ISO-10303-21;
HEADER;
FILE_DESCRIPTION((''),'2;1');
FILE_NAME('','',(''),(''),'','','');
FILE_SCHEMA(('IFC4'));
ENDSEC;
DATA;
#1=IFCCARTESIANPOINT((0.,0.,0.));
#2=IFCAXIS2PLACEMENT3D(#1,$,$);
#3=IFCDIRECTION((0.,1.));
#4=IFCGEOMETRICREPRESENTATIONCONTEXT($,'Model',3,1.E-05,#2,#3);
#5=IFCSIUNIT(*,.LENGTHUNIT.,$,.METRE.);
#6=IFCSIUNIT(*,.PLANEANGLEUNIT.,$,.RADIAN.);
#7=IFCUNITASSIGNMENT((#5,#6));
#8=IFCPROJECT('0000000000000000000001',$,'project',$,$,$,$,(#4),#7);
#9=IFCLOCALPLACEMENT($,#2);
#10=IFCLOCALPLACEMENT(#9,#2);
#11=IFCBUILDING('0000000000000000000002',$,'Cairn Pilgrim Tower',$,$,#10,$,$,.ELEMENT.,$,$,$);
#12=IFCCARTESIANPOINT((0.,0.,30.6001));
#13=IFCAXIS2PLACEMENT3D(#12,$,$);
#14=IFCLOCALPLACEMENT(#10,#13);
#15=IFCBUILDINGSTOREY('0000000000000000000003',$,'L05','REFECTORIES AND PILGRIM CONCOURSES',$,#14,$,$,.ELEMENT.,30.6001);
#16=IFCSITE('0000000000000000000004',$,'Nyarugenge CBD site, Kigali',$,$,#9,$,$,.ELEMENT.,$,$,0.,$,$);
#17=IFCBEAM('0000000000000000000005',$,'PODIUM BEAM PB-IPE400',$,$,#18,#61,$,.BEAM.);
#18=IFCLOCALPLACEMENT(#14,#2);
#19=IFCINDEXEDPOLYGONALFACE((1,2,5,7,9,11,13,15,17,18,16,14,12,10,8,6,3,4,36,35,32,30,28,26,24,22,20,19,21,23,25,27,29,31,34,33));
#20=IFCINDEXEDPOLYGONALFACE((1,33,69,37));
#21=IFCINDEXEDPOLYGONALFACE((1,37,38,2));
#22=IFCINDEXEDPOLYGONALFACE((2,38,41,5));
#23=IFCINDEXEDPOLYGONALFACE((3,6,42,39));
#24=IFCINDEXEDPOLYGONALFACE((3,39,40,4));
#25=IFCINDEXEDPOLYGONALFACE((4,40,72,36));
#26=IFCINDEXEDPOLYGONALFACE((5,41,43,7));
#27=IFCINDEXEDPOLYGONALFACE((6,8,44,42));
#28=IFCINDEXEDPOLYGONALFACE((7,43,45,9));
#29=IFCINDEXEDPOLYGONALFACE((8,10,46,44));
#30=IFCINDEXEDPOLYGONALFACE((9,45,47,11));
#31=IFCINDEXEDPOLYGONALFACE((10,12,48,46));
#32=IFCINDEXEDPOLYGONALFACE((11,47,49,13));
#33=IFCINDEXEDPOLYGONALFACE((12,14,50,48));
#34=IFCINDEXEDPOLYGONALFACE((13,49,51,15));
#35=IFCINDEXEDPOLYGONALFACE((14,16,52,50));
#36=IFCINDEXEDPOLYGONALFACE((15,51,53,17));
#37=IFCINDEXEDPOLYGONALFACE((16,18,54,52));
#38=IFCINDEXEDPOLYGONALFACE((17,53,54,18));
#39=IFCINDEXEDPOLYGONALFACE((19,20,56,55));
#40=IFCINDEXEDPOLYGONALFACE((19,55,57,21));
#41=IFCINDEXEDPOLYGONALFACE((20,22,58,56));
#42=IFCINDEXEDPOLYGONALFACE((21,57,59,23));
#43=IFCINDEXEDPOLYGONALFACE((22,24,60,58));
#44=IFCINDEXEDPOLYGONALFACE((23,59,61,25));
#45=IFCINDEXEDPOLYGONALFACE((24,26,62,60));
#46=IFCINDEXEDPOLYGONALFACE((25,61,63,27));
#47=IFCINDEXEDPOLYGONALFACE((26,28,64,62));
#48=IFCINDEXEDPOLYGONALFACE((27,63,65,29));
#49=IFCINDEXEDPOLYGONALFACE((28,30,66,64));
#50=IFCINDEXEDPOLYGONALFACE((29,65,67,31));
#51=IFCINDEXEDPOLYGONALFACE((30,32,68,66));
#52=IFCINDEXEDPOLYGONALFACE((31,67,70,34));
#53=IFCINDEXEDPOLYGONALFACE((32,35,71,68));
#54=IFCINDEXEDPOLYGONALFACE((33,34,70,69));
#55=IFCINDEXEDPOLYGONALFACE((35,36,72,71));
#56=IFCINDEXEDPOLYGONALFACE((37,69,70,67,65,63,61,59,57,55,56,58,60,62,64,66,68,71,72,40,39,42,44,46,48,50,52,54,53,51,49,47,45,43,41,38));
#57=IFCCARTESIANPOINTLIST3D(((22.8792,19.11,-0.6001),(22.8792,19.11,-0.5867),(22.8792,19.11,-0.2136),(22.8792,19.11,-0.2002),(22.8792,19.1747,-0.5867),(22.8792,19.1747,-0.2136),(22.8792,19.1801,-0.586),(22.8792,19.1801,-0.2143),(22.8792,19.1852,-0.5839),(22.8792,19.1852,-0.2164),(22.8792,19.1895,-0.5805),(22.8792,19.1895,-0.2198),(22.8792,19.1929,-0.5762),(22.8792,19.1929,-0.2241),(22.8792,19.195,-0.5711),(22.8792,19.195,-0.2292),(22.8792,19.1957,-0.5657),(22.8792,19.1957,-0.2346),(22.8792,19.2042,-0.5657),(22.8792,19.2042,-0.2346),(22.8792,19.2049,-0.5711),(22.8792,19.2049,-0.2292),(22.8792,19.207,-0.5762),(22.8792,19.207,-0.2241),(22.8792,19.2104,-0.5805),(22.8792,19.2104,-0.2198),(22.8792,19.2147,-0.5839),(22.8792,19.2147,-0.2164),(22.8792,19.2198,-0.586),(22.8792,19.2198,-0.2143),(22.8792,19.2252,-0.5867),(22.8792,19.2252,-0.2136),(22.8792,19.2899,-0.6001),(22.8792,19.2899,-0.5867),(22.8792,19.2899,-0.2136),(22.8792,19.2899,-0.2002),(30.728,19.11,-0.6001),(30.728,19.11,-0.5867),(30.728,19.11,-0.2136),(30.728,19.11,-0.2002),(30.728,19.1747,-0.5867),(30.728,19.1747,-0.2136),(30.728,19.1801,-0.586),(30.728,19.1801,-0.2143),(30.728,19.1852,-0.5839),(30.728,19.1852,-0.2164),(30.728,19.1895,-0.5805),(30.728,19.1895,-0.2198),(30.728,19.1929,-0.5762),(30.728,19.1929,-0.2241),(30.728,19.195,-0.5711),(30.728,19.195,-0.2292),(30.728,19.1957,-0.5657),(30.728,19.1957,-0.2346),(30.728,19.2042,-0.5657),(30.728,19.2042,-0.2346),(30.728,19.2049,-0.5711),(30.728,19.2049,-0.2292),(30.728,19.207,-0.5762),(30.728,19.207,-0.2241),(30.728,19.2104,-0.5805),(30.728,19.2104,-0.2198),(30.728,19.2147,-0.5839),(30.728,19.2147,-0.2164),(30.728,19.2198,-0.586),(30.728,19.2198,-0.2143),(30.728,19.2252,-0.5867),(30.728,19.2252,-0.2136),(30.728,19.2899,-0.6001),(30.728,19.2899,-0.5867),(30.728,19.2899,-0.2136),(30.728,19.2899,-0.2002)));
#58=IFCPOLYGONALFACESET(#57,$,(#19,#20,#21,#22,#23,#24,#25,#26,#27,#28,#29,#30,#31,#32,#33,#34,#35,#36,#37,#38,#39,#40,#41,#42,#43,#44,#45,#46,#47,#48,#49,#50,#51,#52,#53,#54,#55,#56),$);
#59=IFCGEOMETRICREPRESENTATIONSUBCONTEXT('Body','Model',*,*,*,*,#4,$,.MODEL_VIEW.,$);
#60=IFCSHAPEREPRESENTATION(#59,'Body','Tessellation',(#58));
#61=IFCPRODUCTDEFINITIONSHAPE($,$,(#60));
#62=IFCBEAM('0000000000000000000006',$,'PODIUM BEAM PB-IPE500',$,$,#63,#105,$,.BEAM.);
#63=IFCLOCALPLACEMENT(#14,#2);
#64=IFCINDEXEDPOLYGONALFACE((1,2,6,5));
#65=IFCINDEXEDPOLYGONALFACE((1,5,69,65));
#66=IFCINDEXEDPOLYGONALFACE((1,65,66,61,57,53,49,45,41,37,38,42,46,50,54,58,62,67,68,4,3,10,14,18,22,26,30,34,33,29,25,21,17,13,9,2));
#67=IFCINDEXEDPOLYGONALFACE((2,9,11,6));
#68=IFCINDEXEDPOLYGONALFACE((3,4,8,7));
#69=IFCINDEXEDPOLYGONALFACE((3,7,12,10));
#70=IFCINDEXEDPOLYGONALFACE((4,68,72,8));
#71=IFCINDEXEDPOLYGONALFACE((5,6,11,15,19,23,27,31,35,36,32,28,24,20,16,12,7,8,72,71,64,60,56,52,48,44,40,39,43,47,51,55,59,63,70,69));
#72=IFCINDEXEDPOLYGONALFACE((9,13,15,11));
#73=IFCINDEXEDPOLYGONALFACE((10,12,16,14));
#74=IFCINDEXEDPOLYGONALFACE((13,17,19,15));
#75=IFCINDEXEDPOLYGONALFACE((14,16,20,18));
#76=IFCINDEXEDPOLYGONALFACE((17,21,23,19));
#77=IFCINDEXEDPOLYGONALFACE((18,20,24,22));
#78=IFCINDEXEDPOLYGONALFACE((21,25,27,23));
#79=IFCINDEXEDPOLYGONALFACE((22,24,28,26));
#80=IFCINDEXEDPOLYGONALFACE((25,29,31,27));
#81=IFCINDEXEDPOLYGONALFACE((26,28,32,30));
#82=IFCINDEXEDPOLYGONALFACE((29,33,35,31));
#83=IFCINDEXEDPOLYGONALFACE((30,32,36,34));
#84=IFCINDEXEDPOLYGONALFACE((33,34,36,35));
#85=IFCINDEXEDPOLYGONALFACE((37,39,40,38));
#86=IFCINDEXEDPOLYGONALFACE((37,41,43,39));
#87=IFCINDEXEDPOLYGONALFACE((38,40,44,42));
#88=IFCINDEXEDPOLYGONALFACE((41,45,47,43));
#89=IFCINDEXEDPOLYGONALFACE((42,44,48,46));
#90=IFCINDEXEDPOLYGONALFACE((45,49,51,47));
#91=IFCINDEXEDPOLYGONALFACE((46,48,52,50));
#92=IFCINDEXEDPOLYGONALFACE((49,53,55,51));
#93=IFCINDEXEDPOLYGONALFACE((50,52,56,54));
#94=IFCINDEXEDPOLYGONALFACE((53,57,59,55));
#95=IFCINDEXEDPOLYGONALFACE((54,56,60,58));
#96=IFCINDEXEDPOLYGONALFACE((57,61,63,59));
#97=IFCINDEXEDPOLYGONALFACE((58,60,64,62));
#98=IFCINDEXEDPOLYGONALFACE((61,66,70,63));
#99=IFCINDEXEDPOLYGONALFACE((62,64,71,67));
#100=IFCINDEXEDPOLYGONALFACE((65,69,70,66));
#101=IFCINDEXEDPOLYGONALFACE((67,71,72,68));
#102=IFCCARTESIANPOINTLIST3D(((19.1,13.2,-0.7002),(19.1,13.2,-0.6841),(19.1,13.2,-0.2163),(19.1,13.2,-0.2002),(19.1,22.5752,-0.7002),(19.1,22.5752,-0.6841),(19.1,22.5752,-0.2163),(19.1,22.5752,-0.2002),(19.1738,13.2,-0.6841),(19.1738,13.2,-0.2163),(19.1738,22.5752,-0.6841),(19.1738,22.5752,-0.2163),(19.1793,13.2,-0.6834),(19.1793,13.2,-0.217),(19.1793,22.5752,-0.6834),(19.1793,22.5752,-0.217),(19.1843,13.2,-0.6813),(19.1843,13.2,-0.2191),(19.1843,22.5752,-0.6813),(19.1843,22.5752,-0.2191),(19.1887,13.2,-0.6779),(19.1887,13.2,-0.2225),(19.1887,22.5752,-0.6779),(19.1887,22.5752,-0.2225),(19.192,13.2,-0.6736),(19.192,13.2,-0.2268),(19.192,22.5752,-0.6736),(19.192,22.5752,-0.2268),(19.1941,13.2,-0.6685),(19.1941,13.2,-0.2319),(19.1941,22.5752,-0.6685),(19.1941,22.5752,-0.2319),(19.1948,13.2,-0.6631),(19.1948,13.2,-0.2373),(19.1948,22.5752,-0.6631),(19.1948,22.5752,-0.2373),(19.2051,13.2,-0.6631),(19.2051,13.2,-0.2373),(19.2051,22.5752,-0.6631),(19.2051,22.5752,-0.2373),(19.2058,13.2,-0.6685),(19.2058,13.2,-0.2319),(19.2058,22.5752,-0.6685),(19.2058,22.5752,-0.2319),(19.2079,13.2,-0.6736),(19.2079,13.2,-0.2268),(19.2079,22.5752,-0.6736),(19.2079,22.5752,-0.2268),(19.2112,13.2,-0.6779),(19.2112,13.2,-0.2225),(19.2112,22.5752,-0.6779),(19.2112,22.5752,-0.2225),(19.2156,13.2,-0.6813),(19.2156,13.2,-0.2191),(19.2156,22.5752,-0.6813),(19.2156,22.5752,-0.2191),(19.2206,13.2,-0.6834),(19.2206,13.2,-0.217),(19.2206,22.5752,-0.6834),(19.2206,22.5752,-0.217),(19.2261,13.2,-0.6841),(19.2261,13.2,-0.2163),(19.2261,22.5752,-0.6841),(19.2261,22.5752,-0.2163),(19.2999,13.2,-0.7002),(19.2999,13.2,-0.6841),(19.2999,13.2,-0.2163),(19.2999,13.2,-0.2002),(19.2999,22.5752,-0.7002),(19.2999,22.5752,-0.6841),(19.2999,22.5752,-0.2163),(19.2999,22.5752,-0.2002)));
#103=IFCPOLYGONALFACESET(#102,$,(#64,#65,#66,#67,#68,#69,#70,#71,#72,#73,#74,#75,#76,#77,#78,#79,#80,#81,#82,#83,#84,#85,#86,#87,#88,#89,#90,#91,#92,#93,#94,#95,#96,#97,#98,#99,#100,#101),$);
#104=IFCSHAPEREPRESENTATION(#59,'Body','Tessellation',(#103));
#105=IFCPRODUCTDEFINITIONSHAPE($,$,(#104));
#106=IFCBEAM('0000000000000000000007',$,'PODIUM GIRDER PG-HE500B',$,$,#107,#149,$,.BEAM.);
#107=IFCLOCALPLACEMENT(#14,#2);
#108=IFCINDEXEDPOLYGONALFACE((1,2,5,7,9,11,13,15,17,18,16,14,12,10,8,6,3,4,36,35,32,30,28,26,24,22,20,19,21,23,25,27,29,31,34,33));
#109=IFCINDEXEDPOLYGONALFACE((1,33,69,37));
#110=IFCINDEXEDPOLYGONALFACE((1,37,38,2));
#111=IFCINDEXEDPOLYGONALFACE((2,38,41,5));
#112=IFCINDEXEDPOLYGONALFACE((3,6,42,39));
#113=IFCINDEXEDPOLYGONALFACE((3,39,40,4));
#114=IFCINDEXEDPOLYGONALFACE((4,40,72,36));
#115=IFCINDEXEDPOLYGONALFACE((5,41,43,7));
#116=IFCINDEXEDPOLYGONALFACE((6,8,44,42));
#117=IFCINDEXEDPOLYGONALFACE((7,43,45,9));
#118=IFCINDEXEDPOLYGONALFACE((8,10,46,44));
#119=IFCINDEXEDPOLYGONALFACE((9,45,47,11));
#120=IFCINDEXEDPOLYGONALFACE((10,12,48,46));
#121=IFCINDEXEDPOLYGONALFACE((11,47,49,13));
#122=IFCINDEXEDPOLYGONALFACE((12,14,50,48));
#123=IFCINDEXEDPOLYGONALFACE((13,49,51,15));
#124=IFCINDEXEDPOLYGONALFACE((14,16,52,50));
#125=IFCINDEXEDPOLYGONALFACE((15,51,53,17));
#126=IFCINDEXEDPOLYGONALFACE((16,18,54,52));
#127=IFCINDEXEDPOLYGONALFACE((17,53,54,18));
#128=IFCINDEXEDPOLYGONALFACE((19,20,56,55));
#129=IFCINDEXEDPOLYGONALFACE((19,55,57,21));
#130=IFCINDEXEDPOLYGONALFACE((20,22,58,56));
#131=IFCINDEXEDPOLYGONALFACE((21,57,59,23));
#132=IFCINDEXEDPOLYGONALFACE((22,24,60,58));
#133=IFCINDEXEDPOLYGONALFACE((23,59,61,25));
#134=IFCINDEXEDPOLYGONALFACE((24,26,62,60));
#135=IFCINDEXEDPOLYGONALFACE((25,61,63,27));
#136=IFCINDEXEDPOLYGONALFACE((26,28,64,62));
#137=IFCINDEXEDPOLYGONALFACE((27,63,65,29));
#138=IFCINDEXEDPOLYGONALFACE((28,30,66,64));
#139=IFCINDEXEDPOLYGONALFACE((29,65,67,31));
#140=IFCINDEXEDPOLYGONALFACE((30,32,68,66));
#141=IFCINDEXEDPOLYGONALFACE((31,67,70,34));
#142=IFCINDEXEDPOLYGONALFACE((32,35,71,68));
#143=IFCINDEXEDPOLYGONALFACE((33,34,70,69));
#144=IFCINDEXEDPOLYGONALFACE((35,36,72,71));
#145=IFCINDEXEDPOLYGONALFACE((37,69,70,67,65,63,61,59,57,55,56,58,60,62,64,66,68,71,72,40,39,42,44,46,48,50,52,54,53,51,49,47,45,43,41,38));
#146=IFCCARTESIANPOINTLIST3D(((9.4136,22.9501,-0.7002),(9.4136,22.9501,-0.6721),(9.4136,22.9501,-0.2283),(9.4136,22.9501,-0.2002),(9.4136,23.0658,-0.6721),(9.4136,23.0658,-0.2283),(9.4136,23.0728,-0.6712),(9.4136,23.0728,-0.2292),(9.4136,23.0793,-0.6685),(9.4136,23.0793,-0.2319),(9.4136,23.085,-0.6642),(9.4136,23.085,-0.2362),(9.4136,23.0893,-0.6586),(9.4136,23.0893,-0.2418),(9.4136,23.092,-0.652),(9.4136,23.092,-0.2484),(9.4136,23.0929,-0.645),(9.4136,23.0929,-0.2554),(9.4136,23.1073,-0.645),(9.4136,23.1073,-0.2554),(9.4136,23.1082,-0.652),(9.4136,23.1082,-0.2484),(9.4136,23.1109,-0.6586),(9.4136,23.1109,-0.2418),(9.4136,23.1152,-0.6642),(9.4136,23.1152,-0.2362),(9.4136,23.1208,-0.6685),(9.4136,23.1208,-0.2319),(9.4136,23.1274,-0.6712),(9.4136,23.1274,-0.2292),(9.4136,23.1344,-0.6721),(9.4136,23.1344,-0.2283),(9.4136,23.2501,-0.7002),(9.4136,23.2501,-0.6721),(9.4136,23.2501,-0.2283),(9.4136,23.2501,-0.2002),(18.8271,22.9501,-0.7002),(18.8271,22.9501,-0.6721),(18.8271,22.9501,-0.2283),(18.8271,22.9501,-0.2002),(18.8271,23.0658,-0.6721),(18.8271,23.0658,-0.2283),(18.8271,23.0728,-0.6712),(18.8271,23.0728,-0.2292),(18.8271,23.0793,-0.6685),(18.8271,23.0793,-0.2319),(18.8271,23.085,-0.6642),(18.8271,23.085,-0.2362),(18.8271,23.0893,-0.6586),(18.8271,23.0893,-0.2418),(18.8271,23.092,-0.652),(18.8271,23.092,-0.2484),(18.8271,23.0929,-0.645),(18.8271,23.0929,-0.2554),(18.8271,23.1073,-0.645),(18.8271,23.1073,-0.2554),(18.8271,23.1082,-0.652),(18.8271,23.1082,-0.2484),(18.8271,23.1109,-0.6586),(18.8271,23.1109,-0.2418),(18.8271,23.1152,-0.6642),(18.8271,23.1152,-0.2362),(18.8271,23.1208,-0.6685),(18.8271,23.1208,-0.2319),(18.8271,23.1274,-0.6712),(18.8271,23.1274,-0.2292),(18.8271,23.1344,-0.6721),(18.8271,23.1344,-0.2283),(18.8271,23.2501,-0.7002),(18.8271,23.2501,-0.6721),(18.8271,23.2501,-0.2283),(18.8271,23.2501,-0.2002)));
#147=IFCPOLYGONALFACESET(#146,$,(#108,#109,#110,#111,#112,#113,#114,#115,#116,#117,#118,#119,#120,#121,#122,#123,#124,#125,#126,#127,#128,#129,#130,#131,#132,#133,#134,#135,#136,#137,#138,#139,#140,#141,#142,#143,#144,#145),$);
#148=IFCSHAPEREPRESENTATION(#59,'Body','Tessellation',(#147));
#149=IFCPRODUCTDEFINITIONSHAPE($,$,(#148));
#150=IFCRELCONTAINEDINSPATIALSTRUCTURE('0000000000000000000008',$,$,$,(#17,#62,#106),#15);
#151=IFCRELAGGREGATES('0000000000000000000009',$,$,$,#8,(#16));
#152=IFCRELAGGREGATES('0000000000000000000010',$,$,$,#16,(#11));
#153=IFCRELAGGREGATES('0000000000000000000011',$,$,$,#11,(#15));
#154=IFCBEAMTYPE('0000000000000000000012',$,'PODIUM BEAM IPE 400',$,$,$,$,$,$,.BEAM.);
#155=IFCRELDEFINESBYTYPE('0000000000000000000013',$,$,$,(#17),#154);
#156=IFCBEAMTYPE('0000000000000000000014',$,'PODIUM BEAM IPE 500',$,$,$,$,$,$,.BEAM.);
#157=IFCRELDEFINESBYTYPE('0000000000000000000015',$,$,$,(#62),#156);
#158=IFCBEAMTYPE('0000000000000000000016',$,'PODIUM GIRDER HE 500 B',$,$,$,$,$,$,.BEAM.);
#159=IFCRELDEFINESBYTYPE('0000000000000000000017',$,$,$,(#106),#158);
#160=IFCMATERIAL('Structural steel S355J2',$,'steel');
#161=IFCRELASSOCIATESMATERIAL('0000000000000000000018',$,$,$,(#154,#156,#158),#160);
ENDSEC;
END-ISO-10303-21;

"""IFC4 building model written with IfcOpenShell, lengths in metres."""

from ifc_helpers import new_model, si_unit, direction, frame, origin, origin_2d, place, context, subcontext, project, spatial, i_section, extrude, material, material_profile, profile_set, type_object, element, save


model = new_model("IFC4")

# Units and contexts
model_context = context("Model", 3, precision=1e-05, world=origin(), true_north=direction((0.0, 1.0)))
body_context = subcontext(model_context, "Body", "Model", "MODEL_VIEW")
ifc_project = project(units=[si_unit("LENGTHUNIT", "METRE"), si_unit("PLANEANGLEUNIT", "RADIAN")], contexts=[model_context])

# Site, building, storey
site_placement = place(None, origin())
site = spatial("IfcSite", under=ifc_project, at=site_placement, Name="Nyarugenge CBD site, Kigali", CompositionType="ELEMENT", RefElevation=0.0)
building_placement = place(site_placement, origin())
building = spatial("IfcBuilding", under=site, at=building_placement, Name="Cairn Pilgrim Tower", CompositionType="ELEMENT")
storey_placement = place(building_placement, frame((0.0, 0.0, 30.6001)))
storey = spatial("IfcBuildingStorey", under=building, at=storey_placement, Name="L05", Description="REFECTORIES AND PILGRIM CONCOURSES", CompositionType="ELEMENT", Elevation=30.6001)

# Beams
ifc_material_1 = material(Name="Structural steel S355J2", Category="steel")
ifc_material_profile_1 = material_profile(ifc_material_1, i_section(OverallWidth=0.1799, OverallDepth=0.3999, WebThickness=0.0085, FlangeThickness=0.0134, FilletRadius=0.021, at=origin_2d()), Name="IPE 400")
ifc_profile_set_1 = profile_set([ifc_material_profile_1], Name="Structural steel S355J2")
beam_type_1 = type_object("IfcBeamType", Name="PODIUM BEAM IPE 400", PredefinedType="BEAM", material=ifc_profile_set_1)
beam_1_placement = place(storey_placement, frame((22.8792, 19.2, -0.4001), z_axis=(1.0, 0.0, 0.0), x_axis=(0.0, 1.0, 0.0)))
element("IfcBeam", 1, at=beam_1_placement, inside=storey, type_object=beam_type_1, Name="PODIUM BEAM PB-IPE400", PredefinedType="BEAM", context=body_context, shape_type="SweptSolid", body=[
    extrude(i_section(OverallWidth=0.1799, OverallDepth=0.3999, WebThickness=0.0085, FlangeThickness=0.0134, FilletRadius=0.021, at=origin_2d()), origin(), (0.0, 0.0, 1.0), 7.8489),
])
ifc_material_profile_2 = material_profile(ifc_material_1, i_section(OverallWidth=0.2, OverallDepth=0.5, WebThickness=0.0103, FlangeThickness=0.0161, FilletRadius=0.021, at=origin_2d()), Name="IPE 500")
ifc_profile_set_2 = profile_set([ifc_material_profile_2], Name="Structural steel S355J2")
beam_type_2 = type_object("IfcBeamType", Name="PODIUM BEAM IPE 500", PredefinedType="BEAM", material=ifc_profile_set_2)
beam_2_placement = place(storey_placement, frame((19.2, 13.2, -0.4502), z_axis=(0.0, 1.0, 0.0), x_axis=(-1.0, 0.0, 0.0)))
element("IfcBeam", 2, at=beam_2_placement, inside=storey, type_object=beam_type_2, Name="PODIUM BEAM PB-IPE500", PredefinedType="BEAM", context=body_context, shape_type="SweptSolid", body=[
    extrude(i_section(OverallWidth=0.2, OverallDepth=0.5, WebThickness=0.0103, FlangeThickness=0.0161, FilletRadius=0.021, at=origin_2d()), origin(), (0.0, 0.0, 1.0), 9.3752),
])
ifc_material_profile_3 = material_profile(ifc_material_1, i_section(OverallWidth=0.3, OverallDepth=0.5, WebThickness=0.0144, FlangeThickness=0.0281, FilletRadius=0.0271, at=origin_2d()), Name="HEB 500")
ifc_profile_set_3 = profile_set([ifc_material_profile_3], Name="Structural steel S355J2")
beam_type_3 = type_object("IfcBeamType", Name="PODIUM GIRDER HE 500 B", PredefinedType="BEAM", material=ifc_profile_set_3)
beam_3_placement = place(storey_placement, frame((18.8271, 23.1001, -0.4502), z_axis=(-1.0, 0.0, 0.0), x_axis=(0.0, -1.0, 0.0)))
element("IfcBeam", 3, at=beam_3_placement, inside=storey, type_object=beam_type_3, Name="PODIUM GIRDER PG-HE500B", PredefinedType="BEAM", context=body_context, shape_type="SweptSolid", body=[
    extrude(i_section(OverallWidth=0.3, OverallDepth=0.5, WebThickness=0.0144, FlangeThickness=0.0281, FilletRadius=0.0271, at=origin_2d()), origin(), (0.0, 0.0, 1.0), 9.4136),
])

save(model, "model.ifc")
